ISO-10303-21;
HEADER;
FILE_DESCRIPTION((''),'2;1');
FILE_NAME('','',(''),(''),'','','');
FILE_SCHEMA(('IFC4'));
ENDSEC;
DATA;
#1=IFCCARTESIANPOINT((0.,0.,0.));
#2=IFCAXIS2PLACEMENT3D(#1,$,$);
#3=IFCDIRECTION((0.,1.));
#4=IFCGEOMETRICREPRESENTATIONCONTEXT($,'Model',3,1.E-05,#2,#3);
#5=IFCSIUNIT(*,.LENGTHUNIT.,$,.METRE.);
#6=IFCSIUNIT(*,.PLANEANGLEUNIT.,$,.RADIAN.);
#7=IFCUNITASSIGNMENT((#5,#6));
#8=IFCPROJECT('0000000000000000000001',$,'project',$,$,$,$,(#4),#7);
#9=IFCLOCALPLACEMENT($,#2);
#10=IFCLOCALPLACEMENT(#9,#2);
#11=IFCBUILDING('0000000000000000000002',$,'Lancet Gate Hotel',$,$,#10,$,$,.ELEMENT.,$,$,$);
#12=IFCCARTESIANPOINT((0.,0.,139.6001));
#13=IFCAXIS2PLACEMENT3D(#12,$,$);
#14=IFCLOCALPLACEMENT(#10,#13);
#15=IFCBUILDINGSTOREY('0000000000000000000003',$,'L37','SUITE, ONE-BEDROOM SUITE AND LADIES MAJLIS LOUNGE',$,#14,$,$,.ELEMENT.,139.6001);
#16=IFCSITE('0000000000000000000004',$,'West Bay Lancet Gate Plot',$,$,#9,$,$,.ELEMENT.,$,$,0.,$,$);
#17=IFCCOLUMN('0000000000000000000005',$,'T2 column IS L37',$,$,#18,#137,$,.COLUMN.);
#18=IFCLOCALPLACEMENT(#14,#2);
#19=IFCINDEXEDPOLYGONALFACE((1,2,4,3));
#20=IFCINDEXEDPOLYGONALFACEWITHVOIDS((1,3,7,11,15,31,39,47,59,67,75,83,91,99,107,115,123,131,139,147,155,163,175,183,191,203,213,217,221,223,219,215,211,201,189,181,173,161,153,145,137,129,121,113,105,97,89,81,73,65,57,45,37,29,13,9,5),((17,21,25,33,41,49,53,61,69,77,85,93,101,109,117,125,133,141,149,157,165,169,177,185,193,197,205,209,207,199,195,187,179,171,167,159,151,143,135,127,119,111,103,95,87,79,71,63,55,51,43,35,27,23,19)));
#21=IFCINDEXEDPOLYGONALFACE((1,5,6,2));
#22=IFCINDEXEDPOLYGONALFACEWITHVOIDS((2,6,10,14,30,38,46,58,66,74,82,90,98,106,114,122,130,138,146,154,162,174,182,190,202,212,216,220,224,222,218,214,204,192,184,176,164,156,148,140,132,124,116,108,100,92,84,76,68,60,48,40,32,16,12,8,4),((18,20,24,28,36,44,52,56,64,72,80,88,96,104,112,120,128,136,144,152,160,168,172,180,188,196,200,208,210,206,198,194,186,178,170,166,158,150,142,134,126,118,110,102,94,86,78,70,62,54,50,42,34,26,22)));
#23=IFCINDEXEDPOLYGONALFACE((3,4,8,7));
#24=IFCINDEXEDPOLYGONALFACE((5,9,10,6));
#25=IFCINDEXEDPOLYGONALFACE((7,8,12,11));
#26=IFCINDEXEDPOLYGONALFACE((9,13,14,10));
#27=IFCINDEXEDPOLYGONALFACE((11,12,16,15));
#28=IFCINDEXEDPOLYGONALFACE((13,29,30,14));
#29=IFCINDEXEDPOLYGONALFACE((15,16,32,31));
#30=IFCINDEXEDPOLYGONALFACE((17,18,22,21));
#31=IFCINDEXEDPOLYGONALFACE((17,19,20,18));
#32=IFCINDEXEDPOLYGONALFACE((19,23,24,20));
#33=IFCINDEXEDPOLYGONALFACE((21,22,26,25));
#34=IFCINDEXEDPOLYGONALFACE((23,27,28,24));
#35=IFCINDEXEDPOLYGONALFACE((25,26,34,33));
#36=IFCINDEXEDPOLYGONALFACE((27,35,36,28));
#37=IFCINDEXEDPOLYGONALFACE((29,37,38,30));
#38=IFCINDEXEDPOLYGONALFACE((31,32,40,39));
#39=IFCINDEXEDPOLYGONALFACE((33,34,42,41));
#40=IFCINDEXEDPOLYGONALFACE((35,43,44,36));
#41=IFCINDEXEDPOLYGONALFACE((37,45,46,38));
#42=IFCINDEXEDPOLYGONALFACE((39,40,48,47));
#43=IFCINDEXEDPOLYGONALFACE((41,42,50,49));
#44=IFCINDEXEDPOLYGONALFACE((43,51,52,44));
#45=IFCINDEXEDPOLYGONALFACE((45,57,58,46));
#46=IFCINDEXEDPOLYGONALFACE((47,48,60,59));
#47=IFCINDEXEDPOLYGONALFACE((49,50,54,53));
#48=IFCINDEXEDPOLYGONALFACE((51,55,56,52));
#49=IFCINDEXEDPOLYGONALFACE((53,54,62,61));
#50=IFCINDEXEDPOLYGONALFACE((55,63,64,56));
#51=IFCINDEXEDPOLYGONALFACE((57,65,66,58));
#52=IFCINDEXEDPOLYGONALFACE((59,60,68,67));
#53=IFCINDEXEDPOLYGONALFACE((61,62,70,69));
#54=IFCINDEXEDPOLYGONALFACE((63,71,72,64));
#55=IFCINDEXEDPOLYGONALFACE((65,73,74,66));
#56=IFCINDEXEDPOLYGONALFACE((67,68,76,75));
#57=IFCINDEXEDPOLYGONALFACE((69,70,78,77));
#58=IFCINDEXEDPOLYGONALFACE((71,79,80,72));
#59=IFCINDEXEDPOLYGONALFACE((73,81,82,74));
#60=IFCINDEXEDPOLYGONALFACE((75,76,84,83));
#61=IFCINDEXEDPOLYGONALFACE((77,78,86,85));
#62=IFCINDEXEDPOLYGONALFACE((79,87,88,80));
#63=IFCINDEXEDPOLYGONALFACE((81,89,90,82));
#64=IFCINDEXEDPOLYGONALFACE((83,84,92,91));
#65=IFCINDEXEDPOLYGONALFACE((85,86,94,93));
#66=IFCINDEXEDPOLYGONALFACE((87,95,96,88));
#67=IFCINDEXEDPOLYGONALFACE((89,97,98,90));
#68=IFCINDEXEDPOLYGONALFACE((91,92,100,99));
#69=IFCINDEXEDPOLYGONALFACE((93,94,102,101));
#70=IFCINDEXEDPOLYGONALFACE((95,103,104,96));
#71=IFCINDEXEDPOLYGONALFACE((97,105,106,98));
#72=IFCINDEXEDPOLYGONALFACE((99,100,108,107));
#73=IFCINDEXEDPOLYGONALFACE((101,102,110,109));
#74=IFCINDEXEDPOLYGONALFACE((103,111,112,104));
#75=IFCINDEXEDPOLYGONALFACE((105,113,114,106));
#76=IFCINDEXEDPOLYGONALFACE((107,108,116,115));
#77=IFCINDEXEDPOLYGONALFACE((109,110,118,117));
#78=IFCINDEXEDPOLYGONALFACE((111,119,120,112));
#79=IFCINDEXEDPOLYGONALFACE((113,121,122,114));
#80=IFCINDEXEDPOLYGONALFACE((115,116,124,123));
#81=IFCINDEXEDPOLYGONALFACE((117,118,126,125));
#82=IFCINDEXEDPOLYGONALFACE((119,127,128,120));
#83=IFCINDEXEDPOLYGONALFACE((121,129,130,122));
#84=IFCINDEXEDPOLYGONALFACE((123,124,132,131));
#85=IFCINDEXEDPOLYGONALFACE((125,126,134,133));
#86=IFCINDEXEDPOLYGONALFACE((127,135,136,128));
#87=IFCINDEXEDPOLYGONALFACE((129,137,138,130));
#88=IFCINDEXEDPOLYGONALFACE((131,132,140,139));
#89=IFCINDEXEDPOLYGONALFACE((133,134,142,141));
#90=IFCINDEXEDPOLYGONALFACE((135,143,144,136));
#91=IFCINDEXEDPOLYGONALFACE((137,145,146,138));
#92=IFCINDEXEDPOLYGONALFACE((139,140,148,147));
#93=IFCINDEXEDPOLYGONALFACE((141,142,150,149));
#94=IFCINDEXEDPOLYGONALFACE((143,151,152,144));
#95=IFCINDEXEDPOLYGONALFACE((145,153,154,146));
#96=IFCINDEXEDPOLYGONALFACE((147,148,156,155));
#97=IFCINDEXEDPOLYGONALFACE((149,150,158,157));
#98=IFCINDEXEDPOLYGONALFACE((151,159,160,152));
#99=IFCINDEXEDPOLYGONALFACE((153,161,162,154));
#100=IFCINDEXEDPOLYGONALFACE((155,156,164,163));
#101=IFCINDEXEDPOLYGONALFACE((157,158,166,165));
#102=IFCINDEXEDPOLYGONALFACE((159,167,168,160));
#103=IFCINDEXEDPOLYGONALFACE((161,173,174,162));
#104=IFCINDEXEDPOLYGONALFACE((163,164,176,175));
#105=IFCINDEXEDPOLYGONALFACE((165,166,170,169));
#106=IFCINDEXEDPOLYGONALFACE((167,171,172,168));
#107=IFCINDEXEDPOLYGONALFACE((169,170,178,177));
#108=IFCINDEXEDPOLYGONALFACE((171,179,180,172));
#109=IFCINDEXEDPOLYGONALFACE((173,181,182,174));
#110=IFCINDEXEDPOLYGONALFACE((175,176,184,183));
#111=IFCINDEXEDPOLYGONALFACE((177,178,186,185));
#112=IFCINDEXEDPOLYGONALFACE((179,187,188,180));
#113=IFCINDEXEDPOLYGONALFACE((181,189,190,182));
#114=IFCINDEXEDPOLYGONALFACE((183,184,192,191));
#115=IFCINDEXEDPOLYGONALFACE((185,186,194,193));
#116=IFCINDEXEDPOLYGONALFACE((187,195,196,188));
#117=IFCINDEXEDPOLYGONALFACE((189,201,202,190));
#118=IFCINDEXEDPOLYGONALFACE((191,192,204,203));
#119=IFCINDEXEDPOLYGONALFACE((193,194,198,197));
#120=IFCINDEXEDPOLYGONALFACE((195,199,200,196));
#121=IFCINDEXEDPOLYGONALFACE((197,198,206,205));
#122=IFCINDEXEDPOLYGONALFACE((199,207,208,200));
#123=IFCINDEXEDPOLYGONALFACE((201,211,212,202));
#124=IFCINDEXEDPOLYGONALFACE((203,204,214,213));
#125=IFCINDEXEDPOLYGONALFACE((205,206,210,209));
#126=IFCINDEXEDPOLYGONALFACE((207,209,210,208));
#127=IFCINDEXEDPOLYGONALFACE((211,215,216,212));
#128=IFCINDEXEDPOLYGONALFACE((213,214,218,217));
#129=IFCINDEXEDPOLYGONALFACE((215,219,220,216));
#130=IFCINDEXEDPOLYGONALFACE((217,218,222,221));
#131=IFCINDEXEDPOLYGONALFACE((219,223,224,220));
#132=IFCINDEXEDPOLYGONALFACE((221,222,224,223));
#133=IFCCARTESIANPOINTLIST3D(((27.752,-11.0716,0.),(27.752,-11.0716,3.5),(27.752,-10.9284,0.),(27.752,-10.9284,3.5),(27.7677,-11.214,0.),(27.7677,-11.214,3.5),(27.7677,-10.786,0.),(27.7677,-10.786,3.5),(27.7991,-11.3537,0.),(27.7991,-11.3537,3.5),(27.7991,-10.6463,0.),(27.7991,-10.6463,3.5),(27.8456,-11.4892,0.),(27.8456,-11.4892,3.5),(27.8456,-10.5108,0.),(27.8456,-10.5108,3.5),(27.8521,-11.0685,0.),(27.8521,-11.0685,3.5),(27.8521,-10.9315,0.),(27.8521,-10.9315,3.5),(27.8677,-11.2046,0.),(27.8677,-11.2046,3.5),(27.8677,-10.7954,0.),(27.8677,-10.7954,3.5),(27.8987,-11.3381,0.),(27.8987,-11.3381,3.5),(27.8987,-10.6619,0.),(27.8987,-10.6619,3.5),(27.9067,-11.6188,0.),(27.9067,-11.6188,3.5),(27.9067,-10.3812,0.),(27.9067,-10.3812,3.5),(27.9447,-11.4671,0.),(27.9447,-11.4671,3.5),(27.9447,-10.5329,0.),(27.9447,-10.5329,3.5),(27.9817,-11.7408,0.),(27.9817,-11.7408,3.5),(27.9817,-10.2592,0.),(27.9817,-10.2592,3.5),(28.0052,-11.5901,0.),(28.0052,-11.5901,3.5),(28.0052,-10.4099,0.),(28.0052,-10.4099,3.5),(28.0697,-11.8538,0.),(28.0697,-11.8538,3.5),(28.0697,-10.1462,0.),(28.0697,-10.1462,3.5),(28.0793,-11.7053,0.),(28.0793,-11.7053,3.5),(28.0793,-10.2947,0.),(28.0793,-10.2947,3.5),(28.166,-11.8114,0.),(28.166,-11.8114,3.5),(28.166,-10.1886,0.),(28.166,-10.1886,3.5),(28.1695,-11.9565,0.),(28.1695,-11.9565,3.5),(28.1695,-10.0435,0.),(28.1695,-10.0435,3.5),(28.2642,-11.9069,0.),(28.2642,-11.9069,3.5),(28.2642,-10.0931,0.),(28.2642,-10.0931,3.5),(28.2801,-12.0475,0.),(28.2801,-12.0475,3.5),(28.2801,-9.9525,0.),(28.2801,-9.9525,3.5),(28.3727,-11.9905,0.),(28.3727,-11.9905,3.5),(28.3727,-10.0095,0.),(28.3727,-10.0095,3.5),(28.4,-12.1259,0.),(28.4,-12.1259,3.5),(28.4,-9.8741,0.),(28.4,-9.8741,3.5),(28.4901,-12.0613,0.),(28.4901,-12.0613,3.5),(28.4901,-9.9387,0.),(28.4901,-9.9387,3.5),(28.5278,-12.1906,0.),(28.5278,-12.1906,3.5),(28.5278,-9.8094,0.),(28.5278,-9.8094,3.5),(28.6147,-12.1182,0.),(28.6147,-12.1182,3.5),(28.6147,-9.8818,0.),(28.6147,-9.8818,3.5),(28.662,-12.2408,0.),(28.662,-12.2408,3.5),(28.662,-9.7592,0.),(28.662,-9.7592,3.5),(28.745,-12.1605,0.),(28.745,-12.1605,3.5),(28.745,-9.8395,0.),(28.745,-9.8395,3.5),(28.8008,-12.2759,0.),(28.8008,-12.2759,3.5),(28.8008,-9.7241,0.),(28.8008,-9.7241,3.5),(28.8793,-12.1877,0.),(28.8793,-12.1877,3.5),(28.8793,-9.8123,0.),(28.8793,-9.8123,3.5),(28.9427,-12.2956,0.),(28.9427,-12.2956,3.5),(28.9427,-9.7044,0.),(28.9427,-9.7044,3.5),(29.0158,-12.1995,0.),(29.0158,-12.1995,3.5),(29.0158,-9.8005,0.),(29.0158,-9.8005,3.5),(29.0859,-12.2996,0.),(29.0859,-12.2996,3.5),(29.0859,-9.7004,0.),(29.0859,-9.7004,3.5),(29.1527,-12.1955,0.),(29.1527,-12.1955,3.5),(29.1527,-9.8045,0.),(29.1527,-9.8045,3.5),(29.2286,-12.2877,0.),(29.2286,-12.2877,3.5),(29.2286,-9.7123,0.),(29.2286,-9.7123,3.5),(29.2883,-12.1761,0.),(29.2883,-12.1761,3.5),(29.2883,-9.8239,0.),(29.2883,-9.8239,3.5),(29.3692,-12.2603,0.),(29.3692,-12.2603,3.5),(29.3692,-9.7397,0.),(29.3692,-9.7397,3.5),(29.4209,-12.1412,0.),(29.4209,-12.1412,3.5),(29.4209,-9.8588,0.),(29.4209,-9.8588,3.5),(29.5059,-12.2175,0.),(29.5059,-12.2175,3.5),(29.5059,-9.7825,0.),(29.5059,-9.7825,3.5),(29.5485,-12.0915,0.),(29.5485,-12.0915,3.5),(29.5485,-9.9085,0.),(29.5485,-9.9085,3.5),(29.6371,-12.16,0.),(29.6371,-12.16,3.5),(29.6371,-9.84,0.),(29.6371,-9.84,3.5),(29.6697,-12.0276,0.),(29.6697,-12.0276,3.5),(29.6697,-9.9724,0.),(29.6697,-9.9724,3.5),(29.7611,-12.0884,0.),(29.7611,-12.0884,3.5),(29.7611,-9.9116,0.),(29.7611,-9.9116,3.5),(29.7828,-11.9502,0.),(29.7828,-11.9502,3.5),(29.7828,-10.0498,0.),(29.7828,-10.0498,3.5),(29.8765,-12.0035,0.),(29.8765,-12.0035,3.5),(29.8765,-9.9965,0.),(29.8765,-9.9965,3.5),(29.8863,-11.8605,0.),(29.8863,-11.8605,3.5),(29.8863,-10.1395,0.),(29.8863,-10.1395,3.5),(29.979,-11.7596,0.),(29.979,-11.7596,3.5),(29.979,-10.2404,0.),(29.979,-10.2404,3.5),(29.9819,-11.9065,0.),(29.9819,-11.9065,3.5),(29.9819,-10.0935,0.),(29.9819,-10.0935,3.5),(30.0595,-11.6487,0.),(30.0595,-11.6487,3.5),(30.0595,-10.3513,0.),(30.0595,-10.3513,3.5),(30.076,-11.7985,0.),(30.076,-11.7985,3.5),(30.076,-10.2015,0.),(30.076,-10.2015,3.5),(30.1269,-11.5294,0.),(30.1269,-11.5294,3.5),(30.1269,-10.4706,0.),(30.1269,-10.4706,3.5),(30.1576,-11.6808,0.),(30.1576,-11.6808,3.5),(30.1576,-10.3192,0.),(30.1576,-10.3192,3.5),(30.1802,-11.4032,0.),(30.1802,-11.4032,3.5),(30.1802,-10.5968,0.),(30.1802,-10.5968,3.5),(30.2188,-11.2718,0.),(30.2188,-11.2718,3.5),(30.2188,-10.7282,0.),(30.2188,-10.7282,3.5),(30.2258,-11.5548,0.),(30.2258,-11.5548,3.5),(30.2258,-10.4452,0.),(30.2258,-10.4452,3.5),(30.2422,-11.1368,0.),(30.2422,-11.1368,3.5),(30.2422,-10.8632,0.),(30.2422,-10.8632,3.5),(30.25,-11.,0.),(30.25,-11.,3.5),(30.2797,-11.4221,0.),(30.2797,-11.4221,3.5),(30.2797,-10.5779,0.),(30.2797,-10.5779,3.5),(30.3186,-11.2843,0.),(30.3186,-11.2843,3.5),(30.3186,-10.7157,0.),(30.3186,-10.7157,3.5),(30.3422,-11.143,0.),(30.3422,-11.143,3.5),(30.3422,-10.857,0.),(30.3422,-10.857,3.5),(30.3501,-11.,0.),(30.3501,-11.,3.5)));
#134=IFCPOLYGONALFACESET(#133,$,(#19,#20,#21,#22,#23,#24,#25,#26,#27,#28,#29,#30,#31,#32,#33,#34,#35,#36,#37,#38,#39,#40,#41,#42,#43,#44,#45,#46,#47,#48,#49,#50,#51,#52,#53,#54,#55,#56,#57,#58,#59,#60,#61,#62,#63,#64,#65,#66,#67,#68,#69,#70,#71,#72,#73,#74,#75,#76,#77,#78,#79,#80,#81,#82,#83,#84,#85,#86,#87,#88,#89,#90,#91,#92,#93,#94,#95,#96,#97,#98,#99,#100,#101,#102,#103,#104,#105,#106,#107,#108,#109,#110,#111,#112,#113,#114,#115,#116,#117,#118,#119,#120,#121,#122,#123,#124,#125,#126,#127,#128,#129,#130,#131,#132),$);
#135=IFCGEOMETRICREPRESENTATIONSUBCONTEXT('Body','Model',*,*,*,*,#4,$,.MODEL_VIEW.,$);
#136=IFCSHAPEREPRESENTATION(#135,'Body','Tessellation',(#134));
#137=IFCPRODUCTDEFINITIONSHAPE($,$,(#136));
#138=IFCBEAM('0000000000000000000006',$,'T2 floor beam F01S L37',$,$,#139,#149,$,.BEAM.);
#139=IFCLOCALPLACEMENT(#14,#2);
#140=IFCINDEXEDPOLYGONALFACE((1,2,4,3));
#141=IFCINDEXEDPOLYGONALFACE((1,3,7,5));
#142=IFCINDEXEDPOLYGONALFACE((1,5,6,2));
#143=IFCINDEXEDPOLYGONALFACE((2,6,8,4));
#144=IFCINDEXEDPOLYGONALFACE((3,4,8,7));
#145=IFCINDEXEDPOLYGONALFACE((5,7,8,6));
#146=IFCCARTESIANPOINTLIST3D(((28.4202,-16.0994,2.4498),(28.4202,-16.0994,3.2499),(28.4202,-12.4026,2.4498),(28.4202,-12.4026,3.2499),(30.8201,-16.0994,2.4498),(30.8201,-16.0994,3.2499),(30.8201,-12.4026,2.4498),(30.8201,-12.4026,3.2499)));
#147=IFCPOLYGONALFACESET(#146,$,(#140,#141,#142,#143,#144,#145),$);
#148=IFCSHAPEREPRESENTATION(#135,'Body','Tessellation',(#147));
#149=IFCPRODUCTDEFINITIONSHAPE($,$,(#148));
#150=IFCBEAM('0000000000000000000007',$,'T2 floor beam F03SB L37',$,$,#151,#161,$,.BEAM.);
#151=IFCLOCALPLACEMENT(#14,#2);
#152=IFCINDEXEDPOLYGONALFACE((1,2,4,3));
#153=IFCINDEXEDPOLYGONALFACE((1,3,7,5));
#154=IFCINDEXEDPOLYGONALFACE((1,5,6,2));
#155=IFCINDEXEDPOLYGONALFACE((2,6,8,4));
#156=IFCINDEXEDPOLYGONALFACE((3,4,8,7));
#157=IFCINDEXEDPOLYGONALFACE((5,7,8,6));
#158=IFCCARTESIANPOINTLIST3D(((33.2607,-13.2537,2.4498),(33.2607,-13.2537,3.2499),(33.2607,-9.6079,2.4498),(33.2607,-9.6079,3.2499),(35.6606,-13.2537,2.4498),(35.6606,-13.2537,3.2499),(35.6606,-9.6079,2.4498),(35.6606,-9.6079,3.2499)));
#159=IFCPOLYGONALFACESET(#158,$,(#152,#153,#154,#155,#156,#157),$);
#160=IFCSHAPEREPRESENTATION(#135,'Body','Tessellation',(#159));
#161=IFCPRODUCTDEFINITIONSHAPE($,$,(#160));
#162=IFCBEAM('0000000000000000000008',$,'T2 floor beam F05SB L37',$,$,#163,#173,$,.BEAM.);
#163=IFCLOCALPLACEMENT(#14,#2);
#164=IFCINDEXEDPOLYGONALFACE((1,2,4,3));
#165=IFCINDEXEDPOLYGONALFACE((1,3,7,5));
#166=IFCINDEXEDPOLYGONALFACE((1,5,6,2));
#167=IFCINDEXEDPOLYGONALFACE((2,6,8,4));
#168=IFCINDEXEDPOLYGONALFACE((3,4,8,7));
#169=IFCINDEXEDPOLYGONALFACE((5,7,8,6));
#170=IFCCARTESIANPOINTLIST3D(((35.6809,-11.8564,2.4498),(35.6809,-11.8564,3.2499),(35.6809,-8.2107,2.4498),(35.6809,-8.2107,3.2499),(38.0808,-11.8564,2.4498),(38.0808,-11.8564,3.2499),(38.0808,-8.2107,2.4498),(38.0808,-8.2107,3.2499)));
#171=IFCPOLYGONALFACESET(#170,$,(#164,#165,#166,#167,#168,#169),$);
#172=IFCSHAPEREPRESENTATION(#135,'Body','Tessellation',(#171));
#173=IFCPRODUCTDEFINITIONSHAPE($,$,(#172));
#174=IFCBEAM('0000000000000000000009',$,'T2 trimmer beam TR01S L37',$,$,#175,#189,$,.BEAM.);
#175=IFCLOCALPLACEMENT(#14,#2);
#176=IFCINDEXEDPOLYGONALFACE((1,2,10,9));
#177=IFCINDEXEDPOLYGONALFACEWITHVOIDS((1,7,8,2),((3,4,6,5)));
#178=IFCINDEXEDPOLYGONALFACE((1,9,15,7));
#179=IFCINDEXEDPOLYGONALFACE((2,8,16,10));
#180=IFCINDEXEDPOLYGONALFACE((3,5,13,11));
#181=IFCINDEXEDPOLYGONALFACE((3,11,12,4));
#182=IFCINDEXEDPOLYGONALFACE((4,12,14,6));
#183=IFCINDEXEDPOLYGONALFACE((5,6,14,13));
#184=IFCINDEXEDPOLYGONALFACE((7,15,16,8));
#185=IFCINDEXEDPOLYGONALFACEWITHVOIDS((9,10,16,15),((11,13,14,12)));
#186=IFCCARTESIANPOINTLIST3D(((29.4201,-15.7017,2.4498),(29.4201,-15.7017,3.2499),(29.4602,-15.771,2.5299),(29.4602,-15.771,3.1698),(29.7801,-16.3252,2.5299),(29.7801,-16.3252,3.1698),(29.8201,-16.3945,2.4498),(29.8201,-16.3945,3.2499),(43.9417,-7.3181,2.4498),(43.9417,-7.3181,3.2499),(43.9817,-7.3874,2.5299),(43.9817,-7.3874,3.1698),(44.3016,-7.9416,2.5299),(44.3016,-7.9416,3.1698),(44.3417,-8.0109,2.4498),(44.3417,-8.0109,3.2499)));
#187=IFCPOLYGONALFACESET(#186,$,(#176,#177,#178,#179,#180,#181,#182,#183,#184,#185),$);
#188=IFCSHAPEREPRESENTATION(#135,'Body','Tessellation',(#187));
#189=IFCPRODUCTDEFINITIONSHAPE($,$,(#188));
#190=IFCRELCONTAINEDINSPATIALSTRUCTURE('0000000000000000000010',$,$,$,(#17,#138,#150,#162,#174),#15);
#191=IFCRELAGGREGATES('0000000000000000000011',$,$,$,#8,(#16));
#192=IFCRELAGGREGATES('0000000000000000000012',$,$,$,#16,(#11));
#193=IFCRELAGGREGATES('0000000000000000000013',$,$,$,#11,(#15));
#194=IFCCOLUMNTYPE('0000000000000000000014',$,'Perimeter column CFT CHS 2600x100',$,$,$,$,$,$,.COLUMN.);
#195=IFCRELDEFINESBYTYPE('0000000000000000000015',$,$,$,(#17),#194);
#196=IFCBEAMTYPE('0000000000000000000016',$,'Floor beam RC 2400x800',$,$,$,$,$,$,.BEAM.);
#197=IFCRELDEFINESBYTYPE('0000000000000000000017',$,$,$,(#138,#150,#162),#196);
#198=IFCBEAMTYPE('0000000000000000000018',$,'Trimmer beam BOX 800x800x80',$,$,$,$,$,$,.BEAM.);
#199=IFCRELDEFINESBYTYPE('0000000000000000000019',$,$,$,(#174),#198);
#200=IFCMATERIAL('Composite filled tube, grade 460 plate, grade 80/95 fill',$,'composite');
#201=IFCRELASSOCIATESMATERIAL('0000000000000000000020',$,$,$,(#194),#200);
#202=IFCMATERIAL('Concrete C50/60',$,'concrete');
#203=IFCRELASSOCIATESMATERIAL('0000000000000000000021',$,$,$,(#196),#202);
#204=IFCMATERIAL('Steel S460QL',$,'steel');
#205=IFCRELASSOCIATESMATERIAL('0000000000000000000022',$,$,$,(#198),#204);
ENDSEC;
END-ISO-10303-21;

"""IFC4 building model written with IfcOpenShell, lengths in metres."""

from ifc_helpers import new_model, si_unit, direction, frame, origin, origin_2d, place, context, subcontext, project, spatial, rectangle, hollow_rectangle, hollow_circle, extrude, material, material_profile, profile_set, type_object, element, save


model = new_model("IFC4")

# Units and contexts
model_context = context("Model", 3, precision=1e-05, world=origin(), true_north=direction((0.0, 1.0)))
body_context = subcontext(model_context, "Body", "Model", "MODEL_VIEW")
ifc_project = project(units=[si_unit("LENGTHUNIT", "METRE"), si_unit("PLANEANGLEUNIT", "RADIAN")], contexts=[model_context])

# Site, building, storey
site_placement = place(None, origin())
site = spatial("IfcSite", under=ifc_project, at=site_placement, Name="West Bay Lancet Gate Plot", CompositionType="ELEMENT", RefElevation=0.0)
building_placement = place(site_placement, origin())
building = spatial("IfcBuilding", under=site, at=building_placement, Name="Lancet Gate Hotel", CompositionType="ELEMENT")
storey_placement = place(building_placement, frame((0.0, 0.0, 139.6001)))
storey = spatial("IfcBuildingStorey", under=building, at=storey_placement, Name="L37", Description="SUITE, ONE-BEDROOM SUITE AND LADIES MAJLIS LOUNGE", CompositionType="ELEMENT", Elevation=139.6001)

# Column
ifc_material_1 = material(Name="Composite filled tube, grade 460 plate, grade 80/95 fill", Category="composite")
ifc_material_profile_1 = material_profile(ifc_material_1, hollow_circle(Radius=1.3, WallThickness=0.1001, at=origin_2d()), Name="CHS 2600x100")
ifc_profile_set_1 = profile_set([ifc_material_profile_1], Name="Composite filled tube, grade 460 plate, grade 80/95 fill")
column_type = type_object("IfcColumnType", Name="Perimeter column CFT CHS 2600x100", PredefinedType="COLUMN", material=ifc_profile_set_1)
column_placement = place(storey_placement, frame((29.05, -11.0, 0.0), z_axis=(0.0, 0.0, 1.0), x_axis=(1.0, 0.0, 0.0)))
element("IfcColumn", 1, at=column_placement, inside=storey, type_object=column_type, Name="T2 column IS L37", PredefinedType="COLUMN", context=body_context, shape_type="SweptSolid", body=[
    extrude(hollow_circle(Radius=1.3, WallThickness=0.1001, at=origin_2d()), origin(), (0.0, 0.0, 1.0), 3.5),
])

# Beams
ifc_material_2 = material(Name="Concrete C50/60", Category="concrete")
ifc_material_profile_2 = material_profile(ifc_material_2, rectangle(XDim=2.3999, YDim=0.8, at=origin_2d()), Name="RC 2400x800")
ifc_profile_set_2 = profile_set([ifc_material_profile_2], Name="Concrete C50/60")
beam_type_1 = type_object("IfcBeamType", Name="Floor beam RC 2400x800", PredefinedType="BEAM", material=ifc_profile_set_2)
beam_1_placement = place(storey_placement, frame((29.6201, -16.0994, 2.8499), z_axis=(0.0, 1.0, 0.0), x_axis=(-1.0, 0.0, 0.0)))
element("IfcBeam", 2, at=beam_1_placement, inside=storey, type_object=beam_type_1, Name="T2 floor beam F01S L37", PredefinedType="BEAM", context=body_context, shape_type="SweptSolid", body=[
    extrude(rectangle(XDim=2.3999, YDim=0.8, at=origin_2d()), origin(), (0.0, 0.0, 1.0), 3.6968),
])
for number, where, z_axis, x_axis, name in (
    (3, (34.4607, -13.2537, 2.8499), (0.0, 1.0, 0.0), (-1.0, 0.0, 0.0), "T2 floor beam F03SB L37"),
    (4, (36.8809, -11.8564, 2.8499), (0.0, 1.0, 0.0), (-1.0, 0.0, 0.0), "T2 floor beam F05SB L37"),
):
    element("IfcBeam", number, at=place(storey_placement, frame(where, z_axis=z_axis, x_axis=x_axis)), inside=storey, type_object=beam_type_1, Name=name, PredefinedType="BEAM", context=body_context, shape_type="SweptSolid", body=[
        extrude(rectangle(XDim=2.3999, YDim=0.8, at=origin_2d()), origin(), (0.0, 0.0, 1.0), 3.6458),
    ])
ifc_material_3 = material(Name="Steel S460QL", Category="steel")
ifc_material_profile_3 = material_profile(ifc_material_3, hollow_rectangle(XDim=0.8, YDim=0.8, WallThickness=0.0801, at=origin_2d()), Name="BOX 800x800x80")
ifc_profile_set_3 = profile_set([ifc_material_profile_3], Name="Steel S460QL")
beam_type_2 = type_object("IfcBeamType", Name="Trimmer beam BOX 800x800x80", PredefinedType="BEAM", material=ifc_profile_set_3)
beam_2_placement = place(storey_placement, frame((29.6201, -16.0481, 2.8499), z_axis=(0.866037, 0.49998, 0.0), x_axis=(-0.49998, 0.866037, 0.0)))
element("IfcBeam", 5, at=beam_2_placement, inside=storey, type_object=beam_type_2, Name="T2 trimmer beam TR01S L37", PredefinedType="BEAM", context=body_context, shape_type="SweptSolid", body=[
    extrude(hollow_rectangle(XDim=0.8, YDim=0.8, WallThickness=0.0801, at=origin_2d()), origin(), (0.0, 0.0, 1.0), 16.7678),
])

save(model, "model.ifc")
